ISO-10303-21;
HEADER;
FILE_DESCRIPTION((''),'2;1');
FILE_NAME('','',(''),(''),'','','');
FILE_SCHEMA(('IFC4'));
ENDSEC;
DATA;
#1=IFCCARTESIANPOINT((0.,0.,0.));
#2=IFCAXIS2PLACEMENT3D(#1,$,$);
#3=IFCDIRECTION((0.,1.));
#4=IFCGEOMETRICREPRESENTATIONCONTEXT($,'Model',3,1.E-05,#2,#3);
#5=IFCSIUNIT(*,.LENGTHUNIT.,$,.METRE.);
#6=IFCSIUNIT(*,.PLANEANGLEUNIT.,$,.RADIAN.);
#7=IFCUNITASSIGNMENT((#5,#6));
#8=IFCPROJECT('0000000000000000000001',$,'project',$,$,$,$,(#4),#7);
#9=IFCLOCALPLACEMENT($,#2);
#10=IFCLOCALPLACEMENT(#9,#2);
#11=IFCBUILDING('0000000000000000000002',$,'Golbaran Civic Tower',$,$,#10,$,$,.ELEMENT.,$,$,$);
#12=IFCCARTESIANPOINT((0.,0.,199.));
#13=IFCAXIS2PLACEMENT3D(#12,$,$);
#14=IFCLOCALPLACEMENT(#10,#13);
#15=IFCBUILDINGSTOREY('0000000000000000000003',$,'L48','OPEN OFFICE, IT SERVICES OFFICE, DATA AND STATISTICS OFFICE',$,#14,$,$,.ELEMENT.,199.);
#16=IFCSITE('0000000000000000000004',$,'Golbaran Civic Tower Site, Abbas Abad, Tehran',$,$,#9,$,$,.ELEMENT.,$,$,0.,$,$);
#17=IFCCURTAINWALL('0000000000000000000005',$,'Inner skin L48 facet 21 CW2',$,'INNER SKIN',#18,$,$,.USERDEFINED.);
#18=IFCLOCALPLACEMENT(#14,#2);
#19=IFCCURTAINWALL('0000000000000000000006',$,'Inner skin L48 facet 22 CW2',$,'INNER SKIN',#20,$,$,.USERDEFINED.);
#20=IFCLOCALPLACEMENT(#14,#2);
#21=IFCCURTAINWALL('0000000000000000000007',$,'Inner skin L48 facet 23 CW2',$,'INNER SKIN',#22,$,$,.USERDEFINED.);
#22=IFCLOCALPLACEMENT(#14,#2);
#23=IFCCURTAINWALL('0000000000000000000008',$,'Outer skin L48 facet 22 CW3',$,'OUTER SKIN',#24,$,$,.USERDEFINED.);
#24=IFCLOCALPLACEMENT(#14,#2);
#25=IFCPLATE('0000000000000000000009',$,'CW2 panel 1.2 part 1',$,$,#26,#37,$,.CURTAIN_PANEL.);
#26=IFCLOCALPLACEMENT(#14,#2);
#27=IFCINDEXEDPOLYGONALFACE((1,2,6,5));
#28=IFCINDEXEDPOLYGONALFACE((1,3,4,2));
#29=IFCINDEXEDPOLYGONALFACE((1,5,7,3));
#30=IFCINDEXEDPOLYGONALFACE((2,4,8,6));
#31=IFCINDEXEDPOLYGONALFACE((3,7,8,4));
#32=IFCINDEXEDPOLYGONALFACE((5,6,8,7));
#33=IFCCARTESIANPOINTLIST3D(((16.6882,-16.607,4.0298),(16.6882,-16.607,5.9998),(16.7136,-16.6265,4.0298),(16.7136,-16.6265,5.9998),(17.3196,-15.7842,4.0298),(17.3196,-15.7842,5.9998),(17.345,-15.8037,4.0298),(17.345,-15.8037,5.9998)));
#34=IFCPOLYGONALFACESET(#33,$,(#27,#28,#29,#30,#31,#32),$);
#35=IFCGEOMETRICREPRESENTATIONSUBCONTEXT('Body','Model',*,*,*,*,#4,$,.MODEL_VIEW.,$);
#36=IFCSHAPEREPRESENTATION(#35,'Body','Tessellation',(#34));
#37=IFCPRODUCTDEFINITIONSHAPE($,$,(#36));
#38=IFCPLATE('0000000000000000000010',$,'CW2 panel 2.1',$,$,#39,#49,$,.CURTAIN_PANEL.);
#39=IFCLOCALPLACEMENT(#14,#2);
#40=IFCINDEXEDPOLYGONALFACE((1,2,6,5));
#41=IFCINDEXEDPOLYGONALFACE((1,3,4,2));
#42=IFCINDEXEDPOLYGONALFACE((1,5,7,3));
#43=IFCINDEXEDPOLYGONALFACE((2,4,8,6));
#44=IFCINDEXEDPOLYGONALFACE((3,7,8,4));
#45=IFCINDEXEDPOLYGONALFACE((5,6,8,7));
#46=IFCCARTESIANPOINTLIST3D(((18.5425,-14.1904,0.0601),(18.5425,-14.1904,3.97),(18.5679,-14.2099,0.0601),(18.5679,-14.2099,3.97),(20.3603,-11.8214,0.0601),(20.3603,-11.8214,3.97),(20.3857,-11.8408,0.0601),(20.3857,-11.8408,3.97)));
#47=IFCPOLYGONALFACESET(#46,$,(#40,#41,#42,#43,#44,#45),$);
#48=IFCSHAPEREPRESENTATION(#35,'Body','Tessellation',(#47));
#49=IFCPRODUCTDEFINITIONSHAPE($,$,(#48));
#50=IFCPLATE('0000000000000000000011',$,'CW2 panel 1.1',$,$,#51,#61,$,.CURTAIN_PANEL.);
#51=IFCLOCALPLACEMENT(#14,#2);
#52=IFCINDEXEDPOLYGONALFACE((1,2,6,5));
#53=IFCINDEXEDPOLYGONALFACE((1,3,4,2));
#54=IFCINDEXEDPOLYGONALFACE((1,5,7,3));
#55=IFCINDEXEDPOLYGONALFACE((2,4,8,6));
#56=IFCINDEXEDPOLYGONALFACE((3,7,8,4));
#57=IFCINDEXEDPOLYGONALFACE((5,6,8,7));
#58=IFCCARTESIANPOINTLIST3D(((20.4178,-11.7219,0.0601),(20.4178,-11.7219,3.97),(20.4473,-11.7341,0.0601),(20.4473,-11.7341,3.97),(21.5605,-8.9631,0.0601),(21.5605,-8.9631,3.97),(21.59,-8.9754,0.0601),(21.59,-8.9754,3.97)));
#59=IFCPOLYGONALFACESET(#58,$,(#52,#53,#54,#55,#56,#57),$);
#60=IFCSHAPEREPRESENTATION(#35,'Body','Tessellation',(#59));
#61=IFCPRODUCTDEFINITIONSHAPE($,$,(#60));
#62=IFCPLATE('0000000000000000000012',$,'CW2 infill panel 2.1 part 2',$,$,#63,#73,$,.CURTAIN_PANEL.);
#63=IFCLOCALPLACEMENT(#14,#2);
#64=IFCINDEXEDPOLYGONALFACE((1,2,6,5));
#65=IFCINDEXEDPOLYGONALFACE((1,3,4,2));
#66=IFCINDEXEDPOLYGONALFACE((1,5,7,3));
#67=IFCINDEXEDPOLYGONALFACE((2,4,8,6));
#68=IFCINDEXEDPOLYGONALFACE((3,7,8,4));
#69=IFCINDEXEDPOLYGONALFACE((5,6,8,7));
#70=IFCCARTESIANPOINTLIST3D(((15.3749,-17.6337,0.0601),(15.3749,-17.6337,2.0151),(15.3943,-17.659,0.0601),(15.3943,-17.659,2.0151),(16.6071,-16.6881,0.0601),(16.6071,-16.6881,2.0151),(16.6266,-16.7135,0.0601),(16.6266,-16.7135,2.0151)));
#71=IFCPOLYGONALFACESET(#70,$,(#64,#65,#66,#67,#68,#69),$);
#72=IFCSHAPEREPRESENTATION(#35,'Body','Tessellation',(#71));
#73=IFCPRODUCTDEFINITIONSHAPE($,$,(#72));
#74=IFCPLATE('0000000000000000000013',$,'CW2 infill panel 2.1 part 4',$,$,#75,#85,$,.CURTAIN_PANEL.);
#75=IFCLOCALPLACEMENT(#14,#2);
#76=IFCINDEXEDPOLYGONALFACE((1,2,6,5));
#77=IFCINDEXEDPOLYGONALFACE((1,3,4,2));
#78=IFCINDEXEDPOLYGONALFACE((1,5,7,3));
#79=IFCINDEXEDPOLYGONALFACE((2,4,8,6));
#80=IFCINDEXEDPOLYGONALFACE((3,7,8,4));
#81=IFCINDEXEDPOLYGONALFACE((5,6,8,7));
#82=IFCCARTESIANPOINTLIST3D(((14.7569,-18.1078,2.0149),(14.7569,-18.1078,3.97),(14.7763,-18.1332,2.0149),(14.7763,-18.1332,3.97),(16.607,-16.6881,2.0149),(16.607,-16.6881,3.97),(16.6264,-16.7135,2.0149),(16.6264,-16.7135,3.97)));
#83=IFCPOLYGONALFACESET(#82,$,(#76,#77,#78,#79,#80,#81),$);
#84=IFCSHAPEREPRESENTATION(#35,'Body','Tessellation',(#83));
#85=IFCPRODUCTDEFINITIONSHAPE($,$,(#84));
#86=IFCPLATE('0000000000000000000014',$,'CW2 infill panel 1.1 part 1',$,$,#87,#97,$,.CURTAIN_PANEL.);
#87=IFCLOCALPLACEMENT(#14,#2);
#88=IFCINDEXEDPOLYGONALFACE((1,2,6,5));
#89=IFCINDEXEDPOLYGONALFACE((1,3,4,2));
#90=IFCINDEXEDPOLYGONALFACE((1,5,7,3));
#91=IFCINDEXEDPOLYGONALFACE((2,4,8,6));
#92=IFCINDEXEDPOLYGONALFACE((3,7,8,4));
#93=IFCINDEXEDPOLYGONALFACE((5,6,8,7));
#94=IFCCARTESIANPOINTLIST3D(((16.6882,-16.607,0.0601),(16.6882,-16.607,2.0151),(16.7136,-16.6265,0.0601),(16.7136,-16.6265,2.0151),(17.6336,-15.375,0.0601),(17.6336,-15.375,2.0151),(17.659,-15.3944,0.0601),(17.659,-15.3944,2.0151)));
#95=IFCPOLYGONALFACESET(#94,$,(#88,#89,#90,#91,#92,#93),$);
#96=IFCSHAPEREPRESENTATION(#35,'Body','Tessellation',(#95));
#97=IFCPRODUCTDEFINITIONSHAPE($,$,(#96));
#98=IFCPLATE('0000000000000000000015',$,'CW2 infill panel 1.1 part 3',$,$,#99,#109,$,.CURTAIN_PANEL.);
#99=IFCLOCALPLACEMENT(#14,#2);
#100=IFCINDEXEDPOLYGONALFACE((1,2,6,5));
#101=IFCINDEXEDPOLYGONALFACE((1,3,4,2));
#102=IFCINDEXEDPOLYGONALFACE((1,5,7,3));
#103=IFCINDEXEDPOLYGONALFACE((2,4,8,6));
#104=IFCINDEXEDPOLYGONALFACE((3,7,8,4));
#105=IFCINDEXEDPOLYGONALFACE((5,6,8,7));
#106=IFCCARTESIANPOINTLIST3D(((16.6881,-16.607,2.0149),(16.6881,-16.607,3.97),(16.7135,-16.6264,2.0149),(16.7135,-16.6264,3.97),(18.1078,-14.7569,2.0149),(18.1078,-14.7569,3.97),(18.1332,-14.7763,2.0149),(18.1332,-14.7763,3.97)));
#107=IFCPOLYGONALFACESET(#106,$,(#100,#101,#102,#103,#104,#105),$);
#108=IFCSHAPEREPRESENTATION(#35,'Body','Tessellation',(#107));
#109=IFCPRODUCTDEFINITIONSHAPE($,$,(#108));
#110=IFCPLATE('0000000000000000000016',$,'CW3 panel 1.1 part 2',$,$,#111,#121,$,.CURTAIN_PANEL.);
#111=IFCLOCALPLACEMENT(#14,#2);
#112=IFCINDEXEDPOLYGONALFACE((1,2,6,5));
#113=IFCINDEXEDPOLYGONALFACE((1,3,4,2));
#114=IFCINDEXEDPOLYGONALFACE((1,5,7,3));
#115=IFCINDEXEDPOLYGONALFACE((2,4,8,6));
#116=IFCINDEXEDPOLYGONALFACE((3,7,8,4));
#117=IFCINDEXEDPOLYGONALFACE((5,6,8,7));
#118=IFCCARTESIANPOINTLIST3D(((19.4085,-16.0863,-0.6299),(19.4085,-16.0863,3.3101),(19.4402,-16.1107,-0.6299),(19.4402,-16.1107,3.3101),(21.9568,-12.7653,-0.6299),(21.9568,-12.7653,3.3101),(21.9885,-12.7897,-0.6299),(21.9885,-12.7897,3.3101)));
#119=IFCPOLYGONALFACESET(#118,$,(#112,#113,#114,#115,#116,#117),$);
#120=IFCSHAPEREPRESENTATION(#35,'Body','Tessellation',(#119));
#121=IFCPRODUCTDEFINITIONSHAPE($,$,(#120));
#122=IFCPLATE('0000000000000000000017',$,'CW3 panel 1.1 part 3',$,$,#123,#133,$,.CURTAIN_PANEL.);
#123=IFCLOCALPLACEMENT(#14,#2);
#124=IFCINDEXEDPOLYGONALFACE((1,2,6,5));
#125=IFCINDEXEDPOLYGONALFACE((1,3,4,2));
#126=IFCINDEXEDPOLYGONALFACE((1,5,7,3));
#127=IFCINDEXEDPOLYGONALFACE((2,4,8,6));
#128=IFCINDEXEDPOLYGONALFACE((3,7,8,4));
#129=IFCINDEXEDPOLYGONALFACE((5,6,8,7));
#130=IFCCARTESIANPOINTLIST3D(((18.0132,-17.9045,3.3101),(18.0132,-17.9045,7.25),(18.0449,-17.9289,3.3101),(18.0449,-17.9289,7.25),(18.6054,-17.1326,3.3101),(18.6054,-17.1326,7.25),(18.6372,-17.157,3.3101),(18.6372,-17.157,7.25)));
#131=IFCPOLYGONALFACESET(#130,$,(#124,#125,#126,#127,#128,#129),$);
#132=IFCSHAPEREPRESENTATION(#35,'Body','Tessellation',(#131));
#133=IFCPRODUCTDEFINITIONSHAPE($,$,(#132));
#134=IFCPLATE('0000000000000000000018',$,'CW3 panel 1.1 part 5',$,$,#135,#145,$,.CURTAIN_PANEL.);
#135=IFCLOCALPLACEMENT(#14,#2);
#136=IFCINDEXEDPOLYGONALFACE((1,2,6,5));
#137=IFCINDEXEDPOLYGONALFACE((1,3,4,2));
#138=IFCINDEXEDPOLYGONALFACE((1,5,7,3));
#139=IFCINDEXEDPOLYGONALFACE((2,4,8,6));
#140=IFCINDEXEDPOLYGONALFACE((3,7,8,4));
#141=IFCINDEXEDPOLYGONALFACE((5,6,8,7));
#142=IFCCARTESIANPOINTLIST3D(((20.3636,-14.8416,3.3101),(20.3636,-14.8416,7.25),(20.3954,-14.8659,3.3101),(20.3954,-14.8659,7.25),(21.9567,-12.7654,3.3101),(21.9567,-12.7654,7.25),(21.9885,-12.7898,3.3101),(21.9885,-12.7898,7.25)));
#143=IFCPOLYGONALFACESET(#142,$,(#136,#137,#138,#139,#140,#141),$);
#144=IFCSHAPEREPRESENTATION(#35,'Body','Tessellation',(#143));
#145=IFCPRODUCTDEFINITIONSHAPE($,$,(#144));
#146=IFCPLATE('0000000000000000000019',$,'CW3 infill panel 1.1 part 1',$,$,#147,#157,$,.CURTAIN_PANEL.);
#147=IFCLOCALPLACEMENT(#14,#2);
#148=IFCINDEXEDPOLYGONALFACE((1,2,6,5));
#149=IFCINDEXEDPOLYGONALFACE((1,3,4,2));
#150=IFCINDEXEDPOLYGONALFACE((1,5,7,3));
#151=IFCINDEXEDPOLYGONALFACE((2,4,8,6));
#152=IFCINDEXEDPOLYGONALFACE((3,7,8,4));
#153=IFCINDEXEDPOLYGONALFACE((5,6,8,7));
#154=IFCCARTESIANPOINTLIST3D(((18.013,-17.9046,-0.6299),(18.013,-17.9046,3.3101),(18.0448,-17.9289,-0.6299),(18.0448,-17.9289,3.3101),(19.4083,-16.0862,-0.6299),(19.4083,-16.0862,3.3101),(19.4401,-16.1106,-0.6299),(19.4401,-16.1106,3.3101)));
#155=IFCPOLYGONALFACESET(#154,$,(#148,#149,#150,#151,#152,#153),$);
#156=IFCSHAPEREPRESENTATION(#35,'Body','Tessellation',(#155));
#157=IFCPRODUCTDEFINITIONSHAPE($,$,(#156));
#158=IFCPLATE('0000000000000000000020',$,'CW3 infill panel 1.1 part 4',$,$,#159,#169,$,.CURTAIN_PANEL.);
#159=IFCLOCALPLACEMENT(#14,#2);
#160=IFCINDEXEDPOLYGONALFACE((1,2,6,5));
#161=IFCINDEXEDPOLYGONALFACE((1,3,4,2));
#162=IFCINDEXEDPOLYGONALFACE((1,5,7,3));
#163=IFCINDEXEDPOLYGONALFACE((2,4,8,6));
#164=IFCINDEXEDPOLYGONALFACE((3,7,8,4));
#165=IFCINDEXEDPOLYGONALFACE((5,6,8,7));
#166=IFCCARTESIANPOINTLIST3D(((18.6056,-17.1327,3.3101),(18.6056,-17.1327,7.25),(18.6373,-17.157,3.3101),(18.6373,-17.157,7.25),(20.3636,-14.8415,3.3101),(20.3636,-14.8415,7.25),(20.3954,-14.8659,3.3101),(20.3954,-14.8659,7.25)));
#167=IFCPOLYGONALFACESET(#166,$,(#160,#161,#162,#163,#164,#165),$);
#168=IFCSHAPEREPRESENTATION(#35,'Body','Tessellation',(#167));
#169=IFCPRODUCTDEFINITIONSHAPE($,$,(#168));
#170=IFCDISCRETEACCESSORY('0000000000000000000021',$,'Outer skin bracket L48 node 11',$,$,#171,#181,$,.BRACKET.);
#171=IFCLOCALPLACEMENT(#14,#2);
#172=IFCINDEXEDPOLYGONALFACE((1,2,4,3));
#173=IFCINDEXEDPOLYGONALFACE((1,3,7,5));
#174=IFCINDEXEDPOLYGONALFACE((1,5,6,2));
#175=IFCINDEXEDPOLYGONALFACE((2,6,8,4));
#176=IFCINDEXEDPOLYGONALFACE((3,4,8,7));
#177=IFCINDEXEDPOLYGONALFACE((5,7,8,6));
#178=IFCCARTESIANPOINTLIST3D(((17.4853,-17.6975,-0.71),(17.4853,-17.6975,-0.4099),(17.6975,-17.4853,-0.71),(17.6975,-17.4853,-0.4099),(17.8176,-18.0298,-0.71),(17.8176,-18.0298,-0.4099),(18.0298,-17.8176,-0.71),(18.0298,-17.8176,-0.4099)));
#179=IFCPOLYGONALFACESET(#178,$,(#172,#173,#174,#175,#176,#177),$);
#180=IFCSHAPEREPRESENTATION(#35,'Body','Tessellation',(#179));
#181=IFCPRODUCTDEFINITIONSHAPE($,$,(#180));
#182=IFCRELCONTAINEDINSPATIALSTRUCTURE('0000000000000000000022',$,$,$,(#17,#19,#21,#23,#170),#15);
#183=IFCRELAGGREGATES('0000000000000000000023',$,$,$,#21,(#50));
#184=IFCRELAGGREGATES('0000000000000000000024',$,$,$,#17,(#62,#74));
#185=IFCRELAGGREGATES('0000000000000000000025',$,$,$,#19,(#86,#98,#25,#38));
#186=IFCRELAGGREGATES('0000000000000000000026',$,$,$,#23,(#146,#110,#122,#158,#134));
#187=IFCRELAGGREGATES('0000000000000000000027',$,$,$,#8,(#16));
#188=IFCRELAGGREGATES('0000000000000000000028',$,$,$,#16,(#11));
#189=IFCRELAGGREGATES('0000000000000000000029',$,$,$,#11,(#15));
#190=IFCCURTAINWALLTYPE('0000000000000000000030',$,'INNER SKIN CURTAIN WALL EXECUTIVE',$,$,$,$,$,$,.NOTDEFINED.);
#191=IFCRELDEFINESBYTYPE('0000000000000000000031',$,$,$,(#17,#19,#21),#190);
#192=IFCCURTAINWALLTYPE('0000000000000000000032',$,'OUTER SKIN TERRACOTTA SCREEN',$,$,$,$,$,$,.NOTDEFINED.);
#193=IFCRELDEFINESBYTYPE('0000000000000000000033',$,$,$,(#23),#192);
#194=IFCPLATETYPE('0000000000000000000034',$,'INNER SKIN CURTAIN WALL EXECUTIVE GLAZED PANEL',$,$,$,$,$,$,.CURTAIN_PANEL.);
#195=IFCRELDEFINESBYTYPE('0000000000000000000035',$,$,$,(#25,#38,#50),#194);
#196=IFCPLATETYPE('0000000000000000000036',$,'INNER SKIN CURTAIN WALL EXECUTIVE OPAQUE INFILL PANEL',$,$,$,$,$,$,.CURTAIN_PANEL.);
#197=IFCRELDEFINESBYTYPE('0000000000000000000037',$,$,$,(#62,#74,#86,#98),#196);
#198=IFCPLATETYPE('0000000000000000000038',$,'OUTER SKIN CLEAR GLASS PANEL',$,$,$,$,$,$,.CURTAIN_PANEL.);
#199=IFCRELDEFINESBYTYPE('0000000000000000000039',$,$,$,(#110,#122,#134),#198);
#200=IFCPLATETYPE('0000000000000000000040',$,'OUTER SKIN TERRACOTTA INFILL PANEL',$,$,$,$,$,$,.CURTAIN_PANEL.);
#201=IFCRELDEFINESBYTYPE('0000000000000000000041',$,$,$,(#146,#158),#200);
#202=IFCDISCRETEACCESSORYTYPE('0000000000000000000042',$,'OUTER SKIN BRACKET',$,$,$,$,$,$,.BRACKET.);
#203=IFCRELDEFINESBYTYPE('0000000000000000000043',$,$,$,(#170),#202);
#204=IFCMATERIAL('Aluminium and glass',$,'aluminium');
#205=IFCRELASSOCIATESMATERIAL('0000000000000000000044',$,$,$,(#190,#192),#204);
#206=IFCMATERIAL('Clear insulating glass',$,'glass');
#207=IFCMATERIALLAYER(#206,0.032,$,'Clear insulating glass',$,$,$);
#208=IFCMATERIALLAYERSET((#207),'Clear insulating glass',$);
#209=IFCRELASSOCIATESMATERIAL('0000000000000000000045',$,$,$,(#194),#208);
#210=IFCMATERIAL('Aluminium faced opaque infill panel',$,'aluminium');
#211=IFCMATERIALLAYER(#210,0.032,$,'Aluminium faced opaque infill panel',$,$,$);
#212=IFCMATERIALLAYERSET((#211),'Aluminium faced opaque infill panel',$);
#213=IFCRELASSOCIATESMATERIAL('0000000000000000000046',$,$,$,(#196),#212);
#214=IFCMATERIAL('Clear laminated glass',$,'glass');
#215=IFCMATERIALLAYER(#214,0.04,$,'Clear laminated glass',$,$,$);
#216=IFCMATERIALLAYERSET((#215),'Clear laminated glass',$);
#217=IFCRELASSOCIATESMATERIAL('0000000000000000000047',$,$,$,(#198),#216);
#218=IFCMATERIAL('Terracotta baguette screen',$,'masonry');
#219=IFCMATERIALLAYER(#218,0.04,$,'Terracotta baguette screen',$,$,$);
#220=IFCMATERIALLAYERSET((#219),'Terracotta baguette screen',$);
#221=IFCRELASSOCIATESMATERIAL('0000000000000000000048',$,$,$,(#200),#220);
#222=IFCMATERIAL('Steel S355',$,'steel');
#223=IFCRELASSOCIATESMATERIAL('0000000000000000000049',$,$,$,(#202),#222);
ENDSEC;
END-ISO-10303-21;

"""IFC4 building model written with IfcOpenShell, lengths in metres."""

from ifc_helpers import new_model, si_unit, direction, frame, origin, origin_2d, place, context, subcontext, project, spatial, rectangle, extrude, material, layer, layer_set, type_object, element, aggregate, save


model = new_model("IFC4")

# Units and contexts
model_context = context("Model", 3, precision=1e-05, world=origin(), true_north=direction((0.0, 1.0)))
body_context = subcontext(model_context, "Body", "Model", "MODEL_VIEW")
ifc_project = project(units=[si_unit("LENGTHUNIT", "METRE"), si_unit("PLANEANGLEUNIT", "RADIAN")], contexts=[model_context])

# Site, building, storey
site_placement = place(None, origin())
site = spatial("IfcSite", under=ifc_project, at=site_placement, Name="Golbaran Civic Tower Site, Abbas Abad, Tehran", CompositionType="ELEMENT", RefElevation=0.0)
building_placement = place(site_placement, origin())
building = spatial("IfcBuilding", under=site, at=building_placement, Name="Golbaran Civic Tower", CompositionType="ELEMENT")
storey_placement = place(building_placement, frame((0.0, 0.0, 199.0)))
storey = spatial("IfcBuildingStorey", under=building, at=storey_placement, Name="L48", Description="OPEN OFFICE, IT SERVICES OFFICE, DATA AND STATISTICS OFFICE", CompositionType="ELEMENT", Elevation=199.0)

# Shared definitions
ifc_material_1 = material(Name="Steel S355", Category="steel")

# Curtain wall
ifc_material_2 = material(Name="Aluminium and glass", Category="aluminium")
curtain_wall_type_1 = type_object("IfcCurtainWallType", Name="INNER SKIN CURTAIN WALL EXECUTIVE", PredefinedType="NOTDEFINED", material=ifc_material_2)
curtain_wall_1_placement = place(storey_placement, origin())
curtain_wall_1 = element("IfcCurtainWall", 1, at=curtain_wall_1_placement, inside=storey, type_object=curtain_wall_type_1, Name="Inner skin L48 facet 21 CW2", ObjectType="INNER SKIN", PredefinedType="USERDEFINED")

# Curtain wall
curtain_wall_2_placement = place(storey_placement, origin())
curtain_wall_2 = element("IfcCurtainWall", 2, at=curtain_wall_2_placement, inside=storey, type_object=curtain_wall_type_1, Name="Inner skin L48 facet 22 CW2", ObjectType="INNER SKIN", PredefinedType="USERDEFINED")

# Curtain wall
curtain_wall_3_placement = place(storey_placement, origin())
curtain_wall_3 = element("IfcCurtainWall", 3, at=curtain_wall_3_placement, inside=storey, type_object=curtain_wall_type_1, Name="Inner skin L48 facet 23 CW2", ObjectType="INNER SKIN", PredefinedType="USERDEFINED")

# Shared definitions
curtain_wall_type_2 = type_object("IfcCurtainWallType", Name="OUTER SKIN TERRACOTTA SCREEN", PredefinedType="NOTDEFINED", material=ifc_material_2)

# Curtain wall
curtain_wall_4_placement = place(storey_placement, origin())
curtain_wall_4 = element("IfcCurtainWall", 4, at=curtain_wall_4_placement, inside=storey, type_object=curtain_wall_type_2, Name="Outer skin L48 facet 22 CW3", ObjectType="OUTER SKIN", PredefinedType="USERDEFINED")

# Plates
ifc_material_3 = material(Name="Clear insulating glass", Category="glass")
ifc_layer_1 = layer(ifc_material_3, 0.032, Name="Clear insulating glass")
ifc_layer_set_1 = layer_set([ifc_layer_1], Name="Clear insulating glass")
plate_type_1 = type_object("IfcPlateType", Name="INNER SKIN CURTAIN WALL EXECUTIVE GLAZED PANEL", PredefinedType="CURTAIN_PANEL", material=ifc_layer_set_1)
plate_1_placement = place(storey_placement, frame((17.0166, -16.2053, 4.0298), z_axis=(0.0, 0.0, 1.0), x_axis=(0.608761, 0.793353, 0.0)))
plate_1 = element("IfcPlate", 5, at=plate_1_placement, type_object=plate_type_1, Name="CW2 panel 1.2 part 1", PredefinedType="CURTAIN_PANEL", context=body_context, shape_type="SweptSolid", body=[
    extrude(rectangle(XDim=1.0371, YDim=0.032, at=origin_2d()), origin(), (0.0, 0.0, 1.0), 1.97),
])
plate_2_placement = place(storey_placement, frame((19.4641, -13.0156, 0.0601), z_axis=(0.0, 0.0, 1.0), x_axis=(0.608761, 0.793353, 0.0)))
plate_2 = element("IfcPlate", 6, at=plate_2_placement, type_object=plate_type_1, Name="CW2 panel 2.1", PredefinedType="CURTAIN_PANEL", context=body_context, shape_type="SweptSolid", body=[
    extrude(rectangle(XDim=2.9861, YDim=0.032, at=origin_2d()), origin(), (0.0, 0.0, 1.0), 3.9099),
])
plate_3_placement = place(storey_placement, frame((21.0039, -10.3486, 0.0601), z_axis=(0.0, 0.0, 1.0), x_axis=(0.382683, 0.92388, 0.0)))
plate_3 = element("IfcPlate", 7, at=plate_3_placement, type_object=plate_type_1, Name="CW2 panel 1.1", PredefinedType="CURTAIN_PANEL", context=body_context, shape_type="SweptSolid", body=[
    extrude(rectangle(XDim=2.9861, YDim=0.032, at=origin_2d()), origin(), (0.0, 0.0, 1.0), 3.9099),
])
aggregate(curtain_wall_3, [plate_3])
ifc_material_4 = material(Name="Aluminium faced opaque infill panel", Category="aluminium")
ifc_layer_2 = layer(ifc_material_4, 0.032, Name="Aluminium faced opaque infill panel")
ifc_layer_set_2 = layer_set([ifc_layer_2], Name="Aluminium faced opaque infill panel")
plate_type_2 = type_object("IfcPlateType", Name="INNER SKIN CURTAIN WALL EXECUTIVE OPAQUE INFILL PANEL", PredefinedType="CURTAIN_PANEL", material=ifc_layer_set_2)
plate_4_placement = place(storey_placement, frame((16.0007, -17.1736, 0.0601), z_axis=(0.0, 0.0, 1.0), x_axis=(0.793353, 0.608761, 0.0)))
plate_4 = element("IfcPlate", 8, at=plate_4_placement, type_object=plate_type_2, Name="CW2 infill panel 2.1 part 2", PredefinedType="CURTAIN_PANEL", context=body_context, shape_type="SweptSolid", body=[
    extrude(rectangle(XDim=1.5532, YDim=0.032, at=origin_2d()), origin(), (0.0, 0.0, 1.0), 1.9551),
])
plate_5_placement = place(storey_placement, frame((15.6917, -17.4106, 2.0149), z_axis=(0.0, 0.0, 1.0), x_axis=(0.793353, 0.608761, 0.0)))
plate_5 = element("IfcPlate", 9, at=plate_5_placement, type_object=plate_type_2, Name="CW2 infill panel 2.1 part 4", PredefinedType="CURTAIN_PANEL", context=body_context, shape_type="SweptSolid", body=[
    extrude(rectangle(XDim=2.332, YDim=0.032, at=origin_2d()), origin(), (0.0, 0.0, 1.0), 1.9551),
])
aggregate(curtain_wall_1, [plate_4, plate_5])
plate_6_placement = place(storey_placement, frame((17.1736, -16.0007, 0.0601), z_axis=(0.0, 0.0, 1.0), x_axis=(0.608761, 0.793353, 0.0)))
plate_6 = element("IfcPlate", 10, at=plate_6_placement, type_object=plate_type_2, Name="CW2 infill panel 1.1 part 1", PredefinedType="CURTAIN_PANEL", context=body_context, shape_type="SweptSolid", body=[
    extrude(rectangle(XDim=1.553, YDim=0.032, at=origin_2d()), origin(), (0.0, 0.0, 1.0), 1.9551),
])
plate_7_placement = place(storey_placement, frame((17.4106, -15.6917, 2.0149), z_axis=(0.0, 0.0, 1.0), x_axis=(0.608761, 0.793353, 0.0)))
plate_7 = element("IfcPlate", 11, at=plate_7_placement, type_object=plate_type_2, Name="CW2 infill panel 1.1 part 3", PredefinedType="CURTAIN_PANEL", context=body_context, shape_type="SweptSolid", body=[
    extrude(rectangle(XDim=2.332, YDim=0.032, at=origin_2d()), origin(), (0.0, 0.0, 1.0), 1.9551),
])
aggregate(curtain_wall_2, [plate_6, plate_7, plate_1, plate_2])
ifc_material_5 = material(Name="Clear laminated glass", Category="glass")
ifc_layer_3 = layer(ifc_material_5, 0.04, Name="Clear laminated glass")
ifc_layer_set_3 = layer_set([ifc_layer_3], Name="Clear laminated glass")
plate_type_3 = type_object("IfcPlateType", Name="OUTER SKIN CLEAR GLASS PANEL", PredefinedType="CURTAIN_PANEL", material=ifc_layer_set_3)
plate_8_placement = place(storey_placement, frame((20.6985, -14.438, -0.6299), z_axis=(0.0, 0.0, 1.0), x_axis=(0.608761, 0.793353, 0.0)))
plate_8 = element("IfcPlate", 12, at=plate_8_placement, type_object=plate_type_3, Name="CW3 panel 1.1 part 2", PredefinedType="CURTAIN_PANEL", context=body_context, shape_type="SweptSolid", body=[
    extrude(rectangle(XDim=4.186, YDim=0.04, at=origin_2d()), origin(), (0.0, 0.0, 1.0), 3.9399),
])
plate_9_placement = place(storey_placement, frame((18.3252, -17.5308, 3.3101), z_axis=(0.0, 0.0, 1.0), x_axis=(0.608761, 0.793353, 0.0)))
plate_9 = element("IfcPlate", 13, at=plate_9_placement, type_object=plate_type_3, Name="CW3 panel 1.1 part 3", PredefinedType="CURTAIN_PANEL", context=body_context, shape_type="SweptSolid", body=[
    extrude(rectangle(XDim=0.9729, YDim=0.04, at=origin_2d()), origin(), (0.0, 0.0, 1.0), 3.9399),
])
plate_10_placement = place(storey_placement, frame((21.176, -13.8157, 3.3101), z_axis=(0.0, 0.0, 1.0), x_axis=(0.608761, 0.793353, 0.0)))
plate_10 = element("IfcPlate", 14, at=plate_10_placement, type_object=plate_type_3, Name="CW3 panel 1.1 part 5", PredefinedType="CURTAIN_PANEL", context=body_context, shape_type="SweptSolid", body=[
    extrude(rectangle(XDim=2.6169, YDim=0.04, at=origin_2d()), origin(), (0.0, 0.0, 1.0), 3.9399),
])
ifc_material_6 = material(Name="Terracotta baguette screen", Category="masonry")
ifc_layer_4 = layer(ifc_material_6, 0.04, Name="Terracotta baguette screen")
ifc_layer_set_4 = layer_set([ifc_layer_4], Name="Terracotta baguette screen")
plate_type_4 = type_object("IfcPlateType", Name="OUTER SKIN TERRACOTTA INFILL PANEL", PredefinedType="CURTAIN_PANEL", material=ifc_layer_set_4)
plate_11_placement = place(storey_placement, frame((18.7266, -17.0076, -0.6299), z_axis=(0.0, 0.0, 1.0), x_axis=(0.608761, 0.793353, 0.0)))
plate_11 = element("IfcPlate", 15, at=plate_11_placement, type_object=plate_type_4, Name="CW3 infill panel 1.1 part 1", PredefinedType="CURTAIN_PANEL", context=body_context, shape_type="SweptSolid", body=[
    extrude(rectangle(XDim=2.292, YDim=0.04, at=origin_2d()), origin(), (0.0, 0.0, 1.0), 3.9399),
])
plate_12_placement = place(storey_placement, frame((19.5005, -15.9993, 3.3101), z_axis=(0.0, 0.0, 1.0), x_axis=(0.608761, 0.793353, 0.0)))
plate_12 = element("IfcPlate", 16, at=plate_12_placement, type_object=plate_type_4, Name="CW3 infill panel 1.1 part 4", PredefinedType="CURTAIN_PANEL", context=body_context, shape_type="SweptSolid", body=[
    extrude(rectangle(XDim=2.8879, YDim=0.04, at=origin_2d()), origin(), (0.0, 0.0, 1.0), 3.9399),
])
aggregate(curtain_wall_4, [plate_11, plate_8, plate_9, plate_12, plate_10])

# Discrete accessory
discrete_accessory_type = type_object("IfcDiscreteAccessoryType", Name="OUTER SKIN BRACKET", PredefinedType="BRACKET", material=ifc_material_1)
discrete_accessory_placement = place(storey_placement, frame((17.7576, -17.7576, -0.71), z_axis=(0.0, 0.0, 1.0), x_axis=(0.707107, -0.707107, 0.0)))
element("IfcDiscreteAccessory", 17, at=discrete_accessory_placement, inside=storey, type_object=discrete_accessory_type, Name="Outer skin bracket L48 node 11", PredefinedType="BRACKET", context=body_context, shape_type="SweptSolid", body=[
    extrude(rectangle(XDim=0.47, YDim=0.3, at=origin_2d()), origin(), (0.0, 0.0, 1.0), 0.3),
])

save(model, "model.ifc")
